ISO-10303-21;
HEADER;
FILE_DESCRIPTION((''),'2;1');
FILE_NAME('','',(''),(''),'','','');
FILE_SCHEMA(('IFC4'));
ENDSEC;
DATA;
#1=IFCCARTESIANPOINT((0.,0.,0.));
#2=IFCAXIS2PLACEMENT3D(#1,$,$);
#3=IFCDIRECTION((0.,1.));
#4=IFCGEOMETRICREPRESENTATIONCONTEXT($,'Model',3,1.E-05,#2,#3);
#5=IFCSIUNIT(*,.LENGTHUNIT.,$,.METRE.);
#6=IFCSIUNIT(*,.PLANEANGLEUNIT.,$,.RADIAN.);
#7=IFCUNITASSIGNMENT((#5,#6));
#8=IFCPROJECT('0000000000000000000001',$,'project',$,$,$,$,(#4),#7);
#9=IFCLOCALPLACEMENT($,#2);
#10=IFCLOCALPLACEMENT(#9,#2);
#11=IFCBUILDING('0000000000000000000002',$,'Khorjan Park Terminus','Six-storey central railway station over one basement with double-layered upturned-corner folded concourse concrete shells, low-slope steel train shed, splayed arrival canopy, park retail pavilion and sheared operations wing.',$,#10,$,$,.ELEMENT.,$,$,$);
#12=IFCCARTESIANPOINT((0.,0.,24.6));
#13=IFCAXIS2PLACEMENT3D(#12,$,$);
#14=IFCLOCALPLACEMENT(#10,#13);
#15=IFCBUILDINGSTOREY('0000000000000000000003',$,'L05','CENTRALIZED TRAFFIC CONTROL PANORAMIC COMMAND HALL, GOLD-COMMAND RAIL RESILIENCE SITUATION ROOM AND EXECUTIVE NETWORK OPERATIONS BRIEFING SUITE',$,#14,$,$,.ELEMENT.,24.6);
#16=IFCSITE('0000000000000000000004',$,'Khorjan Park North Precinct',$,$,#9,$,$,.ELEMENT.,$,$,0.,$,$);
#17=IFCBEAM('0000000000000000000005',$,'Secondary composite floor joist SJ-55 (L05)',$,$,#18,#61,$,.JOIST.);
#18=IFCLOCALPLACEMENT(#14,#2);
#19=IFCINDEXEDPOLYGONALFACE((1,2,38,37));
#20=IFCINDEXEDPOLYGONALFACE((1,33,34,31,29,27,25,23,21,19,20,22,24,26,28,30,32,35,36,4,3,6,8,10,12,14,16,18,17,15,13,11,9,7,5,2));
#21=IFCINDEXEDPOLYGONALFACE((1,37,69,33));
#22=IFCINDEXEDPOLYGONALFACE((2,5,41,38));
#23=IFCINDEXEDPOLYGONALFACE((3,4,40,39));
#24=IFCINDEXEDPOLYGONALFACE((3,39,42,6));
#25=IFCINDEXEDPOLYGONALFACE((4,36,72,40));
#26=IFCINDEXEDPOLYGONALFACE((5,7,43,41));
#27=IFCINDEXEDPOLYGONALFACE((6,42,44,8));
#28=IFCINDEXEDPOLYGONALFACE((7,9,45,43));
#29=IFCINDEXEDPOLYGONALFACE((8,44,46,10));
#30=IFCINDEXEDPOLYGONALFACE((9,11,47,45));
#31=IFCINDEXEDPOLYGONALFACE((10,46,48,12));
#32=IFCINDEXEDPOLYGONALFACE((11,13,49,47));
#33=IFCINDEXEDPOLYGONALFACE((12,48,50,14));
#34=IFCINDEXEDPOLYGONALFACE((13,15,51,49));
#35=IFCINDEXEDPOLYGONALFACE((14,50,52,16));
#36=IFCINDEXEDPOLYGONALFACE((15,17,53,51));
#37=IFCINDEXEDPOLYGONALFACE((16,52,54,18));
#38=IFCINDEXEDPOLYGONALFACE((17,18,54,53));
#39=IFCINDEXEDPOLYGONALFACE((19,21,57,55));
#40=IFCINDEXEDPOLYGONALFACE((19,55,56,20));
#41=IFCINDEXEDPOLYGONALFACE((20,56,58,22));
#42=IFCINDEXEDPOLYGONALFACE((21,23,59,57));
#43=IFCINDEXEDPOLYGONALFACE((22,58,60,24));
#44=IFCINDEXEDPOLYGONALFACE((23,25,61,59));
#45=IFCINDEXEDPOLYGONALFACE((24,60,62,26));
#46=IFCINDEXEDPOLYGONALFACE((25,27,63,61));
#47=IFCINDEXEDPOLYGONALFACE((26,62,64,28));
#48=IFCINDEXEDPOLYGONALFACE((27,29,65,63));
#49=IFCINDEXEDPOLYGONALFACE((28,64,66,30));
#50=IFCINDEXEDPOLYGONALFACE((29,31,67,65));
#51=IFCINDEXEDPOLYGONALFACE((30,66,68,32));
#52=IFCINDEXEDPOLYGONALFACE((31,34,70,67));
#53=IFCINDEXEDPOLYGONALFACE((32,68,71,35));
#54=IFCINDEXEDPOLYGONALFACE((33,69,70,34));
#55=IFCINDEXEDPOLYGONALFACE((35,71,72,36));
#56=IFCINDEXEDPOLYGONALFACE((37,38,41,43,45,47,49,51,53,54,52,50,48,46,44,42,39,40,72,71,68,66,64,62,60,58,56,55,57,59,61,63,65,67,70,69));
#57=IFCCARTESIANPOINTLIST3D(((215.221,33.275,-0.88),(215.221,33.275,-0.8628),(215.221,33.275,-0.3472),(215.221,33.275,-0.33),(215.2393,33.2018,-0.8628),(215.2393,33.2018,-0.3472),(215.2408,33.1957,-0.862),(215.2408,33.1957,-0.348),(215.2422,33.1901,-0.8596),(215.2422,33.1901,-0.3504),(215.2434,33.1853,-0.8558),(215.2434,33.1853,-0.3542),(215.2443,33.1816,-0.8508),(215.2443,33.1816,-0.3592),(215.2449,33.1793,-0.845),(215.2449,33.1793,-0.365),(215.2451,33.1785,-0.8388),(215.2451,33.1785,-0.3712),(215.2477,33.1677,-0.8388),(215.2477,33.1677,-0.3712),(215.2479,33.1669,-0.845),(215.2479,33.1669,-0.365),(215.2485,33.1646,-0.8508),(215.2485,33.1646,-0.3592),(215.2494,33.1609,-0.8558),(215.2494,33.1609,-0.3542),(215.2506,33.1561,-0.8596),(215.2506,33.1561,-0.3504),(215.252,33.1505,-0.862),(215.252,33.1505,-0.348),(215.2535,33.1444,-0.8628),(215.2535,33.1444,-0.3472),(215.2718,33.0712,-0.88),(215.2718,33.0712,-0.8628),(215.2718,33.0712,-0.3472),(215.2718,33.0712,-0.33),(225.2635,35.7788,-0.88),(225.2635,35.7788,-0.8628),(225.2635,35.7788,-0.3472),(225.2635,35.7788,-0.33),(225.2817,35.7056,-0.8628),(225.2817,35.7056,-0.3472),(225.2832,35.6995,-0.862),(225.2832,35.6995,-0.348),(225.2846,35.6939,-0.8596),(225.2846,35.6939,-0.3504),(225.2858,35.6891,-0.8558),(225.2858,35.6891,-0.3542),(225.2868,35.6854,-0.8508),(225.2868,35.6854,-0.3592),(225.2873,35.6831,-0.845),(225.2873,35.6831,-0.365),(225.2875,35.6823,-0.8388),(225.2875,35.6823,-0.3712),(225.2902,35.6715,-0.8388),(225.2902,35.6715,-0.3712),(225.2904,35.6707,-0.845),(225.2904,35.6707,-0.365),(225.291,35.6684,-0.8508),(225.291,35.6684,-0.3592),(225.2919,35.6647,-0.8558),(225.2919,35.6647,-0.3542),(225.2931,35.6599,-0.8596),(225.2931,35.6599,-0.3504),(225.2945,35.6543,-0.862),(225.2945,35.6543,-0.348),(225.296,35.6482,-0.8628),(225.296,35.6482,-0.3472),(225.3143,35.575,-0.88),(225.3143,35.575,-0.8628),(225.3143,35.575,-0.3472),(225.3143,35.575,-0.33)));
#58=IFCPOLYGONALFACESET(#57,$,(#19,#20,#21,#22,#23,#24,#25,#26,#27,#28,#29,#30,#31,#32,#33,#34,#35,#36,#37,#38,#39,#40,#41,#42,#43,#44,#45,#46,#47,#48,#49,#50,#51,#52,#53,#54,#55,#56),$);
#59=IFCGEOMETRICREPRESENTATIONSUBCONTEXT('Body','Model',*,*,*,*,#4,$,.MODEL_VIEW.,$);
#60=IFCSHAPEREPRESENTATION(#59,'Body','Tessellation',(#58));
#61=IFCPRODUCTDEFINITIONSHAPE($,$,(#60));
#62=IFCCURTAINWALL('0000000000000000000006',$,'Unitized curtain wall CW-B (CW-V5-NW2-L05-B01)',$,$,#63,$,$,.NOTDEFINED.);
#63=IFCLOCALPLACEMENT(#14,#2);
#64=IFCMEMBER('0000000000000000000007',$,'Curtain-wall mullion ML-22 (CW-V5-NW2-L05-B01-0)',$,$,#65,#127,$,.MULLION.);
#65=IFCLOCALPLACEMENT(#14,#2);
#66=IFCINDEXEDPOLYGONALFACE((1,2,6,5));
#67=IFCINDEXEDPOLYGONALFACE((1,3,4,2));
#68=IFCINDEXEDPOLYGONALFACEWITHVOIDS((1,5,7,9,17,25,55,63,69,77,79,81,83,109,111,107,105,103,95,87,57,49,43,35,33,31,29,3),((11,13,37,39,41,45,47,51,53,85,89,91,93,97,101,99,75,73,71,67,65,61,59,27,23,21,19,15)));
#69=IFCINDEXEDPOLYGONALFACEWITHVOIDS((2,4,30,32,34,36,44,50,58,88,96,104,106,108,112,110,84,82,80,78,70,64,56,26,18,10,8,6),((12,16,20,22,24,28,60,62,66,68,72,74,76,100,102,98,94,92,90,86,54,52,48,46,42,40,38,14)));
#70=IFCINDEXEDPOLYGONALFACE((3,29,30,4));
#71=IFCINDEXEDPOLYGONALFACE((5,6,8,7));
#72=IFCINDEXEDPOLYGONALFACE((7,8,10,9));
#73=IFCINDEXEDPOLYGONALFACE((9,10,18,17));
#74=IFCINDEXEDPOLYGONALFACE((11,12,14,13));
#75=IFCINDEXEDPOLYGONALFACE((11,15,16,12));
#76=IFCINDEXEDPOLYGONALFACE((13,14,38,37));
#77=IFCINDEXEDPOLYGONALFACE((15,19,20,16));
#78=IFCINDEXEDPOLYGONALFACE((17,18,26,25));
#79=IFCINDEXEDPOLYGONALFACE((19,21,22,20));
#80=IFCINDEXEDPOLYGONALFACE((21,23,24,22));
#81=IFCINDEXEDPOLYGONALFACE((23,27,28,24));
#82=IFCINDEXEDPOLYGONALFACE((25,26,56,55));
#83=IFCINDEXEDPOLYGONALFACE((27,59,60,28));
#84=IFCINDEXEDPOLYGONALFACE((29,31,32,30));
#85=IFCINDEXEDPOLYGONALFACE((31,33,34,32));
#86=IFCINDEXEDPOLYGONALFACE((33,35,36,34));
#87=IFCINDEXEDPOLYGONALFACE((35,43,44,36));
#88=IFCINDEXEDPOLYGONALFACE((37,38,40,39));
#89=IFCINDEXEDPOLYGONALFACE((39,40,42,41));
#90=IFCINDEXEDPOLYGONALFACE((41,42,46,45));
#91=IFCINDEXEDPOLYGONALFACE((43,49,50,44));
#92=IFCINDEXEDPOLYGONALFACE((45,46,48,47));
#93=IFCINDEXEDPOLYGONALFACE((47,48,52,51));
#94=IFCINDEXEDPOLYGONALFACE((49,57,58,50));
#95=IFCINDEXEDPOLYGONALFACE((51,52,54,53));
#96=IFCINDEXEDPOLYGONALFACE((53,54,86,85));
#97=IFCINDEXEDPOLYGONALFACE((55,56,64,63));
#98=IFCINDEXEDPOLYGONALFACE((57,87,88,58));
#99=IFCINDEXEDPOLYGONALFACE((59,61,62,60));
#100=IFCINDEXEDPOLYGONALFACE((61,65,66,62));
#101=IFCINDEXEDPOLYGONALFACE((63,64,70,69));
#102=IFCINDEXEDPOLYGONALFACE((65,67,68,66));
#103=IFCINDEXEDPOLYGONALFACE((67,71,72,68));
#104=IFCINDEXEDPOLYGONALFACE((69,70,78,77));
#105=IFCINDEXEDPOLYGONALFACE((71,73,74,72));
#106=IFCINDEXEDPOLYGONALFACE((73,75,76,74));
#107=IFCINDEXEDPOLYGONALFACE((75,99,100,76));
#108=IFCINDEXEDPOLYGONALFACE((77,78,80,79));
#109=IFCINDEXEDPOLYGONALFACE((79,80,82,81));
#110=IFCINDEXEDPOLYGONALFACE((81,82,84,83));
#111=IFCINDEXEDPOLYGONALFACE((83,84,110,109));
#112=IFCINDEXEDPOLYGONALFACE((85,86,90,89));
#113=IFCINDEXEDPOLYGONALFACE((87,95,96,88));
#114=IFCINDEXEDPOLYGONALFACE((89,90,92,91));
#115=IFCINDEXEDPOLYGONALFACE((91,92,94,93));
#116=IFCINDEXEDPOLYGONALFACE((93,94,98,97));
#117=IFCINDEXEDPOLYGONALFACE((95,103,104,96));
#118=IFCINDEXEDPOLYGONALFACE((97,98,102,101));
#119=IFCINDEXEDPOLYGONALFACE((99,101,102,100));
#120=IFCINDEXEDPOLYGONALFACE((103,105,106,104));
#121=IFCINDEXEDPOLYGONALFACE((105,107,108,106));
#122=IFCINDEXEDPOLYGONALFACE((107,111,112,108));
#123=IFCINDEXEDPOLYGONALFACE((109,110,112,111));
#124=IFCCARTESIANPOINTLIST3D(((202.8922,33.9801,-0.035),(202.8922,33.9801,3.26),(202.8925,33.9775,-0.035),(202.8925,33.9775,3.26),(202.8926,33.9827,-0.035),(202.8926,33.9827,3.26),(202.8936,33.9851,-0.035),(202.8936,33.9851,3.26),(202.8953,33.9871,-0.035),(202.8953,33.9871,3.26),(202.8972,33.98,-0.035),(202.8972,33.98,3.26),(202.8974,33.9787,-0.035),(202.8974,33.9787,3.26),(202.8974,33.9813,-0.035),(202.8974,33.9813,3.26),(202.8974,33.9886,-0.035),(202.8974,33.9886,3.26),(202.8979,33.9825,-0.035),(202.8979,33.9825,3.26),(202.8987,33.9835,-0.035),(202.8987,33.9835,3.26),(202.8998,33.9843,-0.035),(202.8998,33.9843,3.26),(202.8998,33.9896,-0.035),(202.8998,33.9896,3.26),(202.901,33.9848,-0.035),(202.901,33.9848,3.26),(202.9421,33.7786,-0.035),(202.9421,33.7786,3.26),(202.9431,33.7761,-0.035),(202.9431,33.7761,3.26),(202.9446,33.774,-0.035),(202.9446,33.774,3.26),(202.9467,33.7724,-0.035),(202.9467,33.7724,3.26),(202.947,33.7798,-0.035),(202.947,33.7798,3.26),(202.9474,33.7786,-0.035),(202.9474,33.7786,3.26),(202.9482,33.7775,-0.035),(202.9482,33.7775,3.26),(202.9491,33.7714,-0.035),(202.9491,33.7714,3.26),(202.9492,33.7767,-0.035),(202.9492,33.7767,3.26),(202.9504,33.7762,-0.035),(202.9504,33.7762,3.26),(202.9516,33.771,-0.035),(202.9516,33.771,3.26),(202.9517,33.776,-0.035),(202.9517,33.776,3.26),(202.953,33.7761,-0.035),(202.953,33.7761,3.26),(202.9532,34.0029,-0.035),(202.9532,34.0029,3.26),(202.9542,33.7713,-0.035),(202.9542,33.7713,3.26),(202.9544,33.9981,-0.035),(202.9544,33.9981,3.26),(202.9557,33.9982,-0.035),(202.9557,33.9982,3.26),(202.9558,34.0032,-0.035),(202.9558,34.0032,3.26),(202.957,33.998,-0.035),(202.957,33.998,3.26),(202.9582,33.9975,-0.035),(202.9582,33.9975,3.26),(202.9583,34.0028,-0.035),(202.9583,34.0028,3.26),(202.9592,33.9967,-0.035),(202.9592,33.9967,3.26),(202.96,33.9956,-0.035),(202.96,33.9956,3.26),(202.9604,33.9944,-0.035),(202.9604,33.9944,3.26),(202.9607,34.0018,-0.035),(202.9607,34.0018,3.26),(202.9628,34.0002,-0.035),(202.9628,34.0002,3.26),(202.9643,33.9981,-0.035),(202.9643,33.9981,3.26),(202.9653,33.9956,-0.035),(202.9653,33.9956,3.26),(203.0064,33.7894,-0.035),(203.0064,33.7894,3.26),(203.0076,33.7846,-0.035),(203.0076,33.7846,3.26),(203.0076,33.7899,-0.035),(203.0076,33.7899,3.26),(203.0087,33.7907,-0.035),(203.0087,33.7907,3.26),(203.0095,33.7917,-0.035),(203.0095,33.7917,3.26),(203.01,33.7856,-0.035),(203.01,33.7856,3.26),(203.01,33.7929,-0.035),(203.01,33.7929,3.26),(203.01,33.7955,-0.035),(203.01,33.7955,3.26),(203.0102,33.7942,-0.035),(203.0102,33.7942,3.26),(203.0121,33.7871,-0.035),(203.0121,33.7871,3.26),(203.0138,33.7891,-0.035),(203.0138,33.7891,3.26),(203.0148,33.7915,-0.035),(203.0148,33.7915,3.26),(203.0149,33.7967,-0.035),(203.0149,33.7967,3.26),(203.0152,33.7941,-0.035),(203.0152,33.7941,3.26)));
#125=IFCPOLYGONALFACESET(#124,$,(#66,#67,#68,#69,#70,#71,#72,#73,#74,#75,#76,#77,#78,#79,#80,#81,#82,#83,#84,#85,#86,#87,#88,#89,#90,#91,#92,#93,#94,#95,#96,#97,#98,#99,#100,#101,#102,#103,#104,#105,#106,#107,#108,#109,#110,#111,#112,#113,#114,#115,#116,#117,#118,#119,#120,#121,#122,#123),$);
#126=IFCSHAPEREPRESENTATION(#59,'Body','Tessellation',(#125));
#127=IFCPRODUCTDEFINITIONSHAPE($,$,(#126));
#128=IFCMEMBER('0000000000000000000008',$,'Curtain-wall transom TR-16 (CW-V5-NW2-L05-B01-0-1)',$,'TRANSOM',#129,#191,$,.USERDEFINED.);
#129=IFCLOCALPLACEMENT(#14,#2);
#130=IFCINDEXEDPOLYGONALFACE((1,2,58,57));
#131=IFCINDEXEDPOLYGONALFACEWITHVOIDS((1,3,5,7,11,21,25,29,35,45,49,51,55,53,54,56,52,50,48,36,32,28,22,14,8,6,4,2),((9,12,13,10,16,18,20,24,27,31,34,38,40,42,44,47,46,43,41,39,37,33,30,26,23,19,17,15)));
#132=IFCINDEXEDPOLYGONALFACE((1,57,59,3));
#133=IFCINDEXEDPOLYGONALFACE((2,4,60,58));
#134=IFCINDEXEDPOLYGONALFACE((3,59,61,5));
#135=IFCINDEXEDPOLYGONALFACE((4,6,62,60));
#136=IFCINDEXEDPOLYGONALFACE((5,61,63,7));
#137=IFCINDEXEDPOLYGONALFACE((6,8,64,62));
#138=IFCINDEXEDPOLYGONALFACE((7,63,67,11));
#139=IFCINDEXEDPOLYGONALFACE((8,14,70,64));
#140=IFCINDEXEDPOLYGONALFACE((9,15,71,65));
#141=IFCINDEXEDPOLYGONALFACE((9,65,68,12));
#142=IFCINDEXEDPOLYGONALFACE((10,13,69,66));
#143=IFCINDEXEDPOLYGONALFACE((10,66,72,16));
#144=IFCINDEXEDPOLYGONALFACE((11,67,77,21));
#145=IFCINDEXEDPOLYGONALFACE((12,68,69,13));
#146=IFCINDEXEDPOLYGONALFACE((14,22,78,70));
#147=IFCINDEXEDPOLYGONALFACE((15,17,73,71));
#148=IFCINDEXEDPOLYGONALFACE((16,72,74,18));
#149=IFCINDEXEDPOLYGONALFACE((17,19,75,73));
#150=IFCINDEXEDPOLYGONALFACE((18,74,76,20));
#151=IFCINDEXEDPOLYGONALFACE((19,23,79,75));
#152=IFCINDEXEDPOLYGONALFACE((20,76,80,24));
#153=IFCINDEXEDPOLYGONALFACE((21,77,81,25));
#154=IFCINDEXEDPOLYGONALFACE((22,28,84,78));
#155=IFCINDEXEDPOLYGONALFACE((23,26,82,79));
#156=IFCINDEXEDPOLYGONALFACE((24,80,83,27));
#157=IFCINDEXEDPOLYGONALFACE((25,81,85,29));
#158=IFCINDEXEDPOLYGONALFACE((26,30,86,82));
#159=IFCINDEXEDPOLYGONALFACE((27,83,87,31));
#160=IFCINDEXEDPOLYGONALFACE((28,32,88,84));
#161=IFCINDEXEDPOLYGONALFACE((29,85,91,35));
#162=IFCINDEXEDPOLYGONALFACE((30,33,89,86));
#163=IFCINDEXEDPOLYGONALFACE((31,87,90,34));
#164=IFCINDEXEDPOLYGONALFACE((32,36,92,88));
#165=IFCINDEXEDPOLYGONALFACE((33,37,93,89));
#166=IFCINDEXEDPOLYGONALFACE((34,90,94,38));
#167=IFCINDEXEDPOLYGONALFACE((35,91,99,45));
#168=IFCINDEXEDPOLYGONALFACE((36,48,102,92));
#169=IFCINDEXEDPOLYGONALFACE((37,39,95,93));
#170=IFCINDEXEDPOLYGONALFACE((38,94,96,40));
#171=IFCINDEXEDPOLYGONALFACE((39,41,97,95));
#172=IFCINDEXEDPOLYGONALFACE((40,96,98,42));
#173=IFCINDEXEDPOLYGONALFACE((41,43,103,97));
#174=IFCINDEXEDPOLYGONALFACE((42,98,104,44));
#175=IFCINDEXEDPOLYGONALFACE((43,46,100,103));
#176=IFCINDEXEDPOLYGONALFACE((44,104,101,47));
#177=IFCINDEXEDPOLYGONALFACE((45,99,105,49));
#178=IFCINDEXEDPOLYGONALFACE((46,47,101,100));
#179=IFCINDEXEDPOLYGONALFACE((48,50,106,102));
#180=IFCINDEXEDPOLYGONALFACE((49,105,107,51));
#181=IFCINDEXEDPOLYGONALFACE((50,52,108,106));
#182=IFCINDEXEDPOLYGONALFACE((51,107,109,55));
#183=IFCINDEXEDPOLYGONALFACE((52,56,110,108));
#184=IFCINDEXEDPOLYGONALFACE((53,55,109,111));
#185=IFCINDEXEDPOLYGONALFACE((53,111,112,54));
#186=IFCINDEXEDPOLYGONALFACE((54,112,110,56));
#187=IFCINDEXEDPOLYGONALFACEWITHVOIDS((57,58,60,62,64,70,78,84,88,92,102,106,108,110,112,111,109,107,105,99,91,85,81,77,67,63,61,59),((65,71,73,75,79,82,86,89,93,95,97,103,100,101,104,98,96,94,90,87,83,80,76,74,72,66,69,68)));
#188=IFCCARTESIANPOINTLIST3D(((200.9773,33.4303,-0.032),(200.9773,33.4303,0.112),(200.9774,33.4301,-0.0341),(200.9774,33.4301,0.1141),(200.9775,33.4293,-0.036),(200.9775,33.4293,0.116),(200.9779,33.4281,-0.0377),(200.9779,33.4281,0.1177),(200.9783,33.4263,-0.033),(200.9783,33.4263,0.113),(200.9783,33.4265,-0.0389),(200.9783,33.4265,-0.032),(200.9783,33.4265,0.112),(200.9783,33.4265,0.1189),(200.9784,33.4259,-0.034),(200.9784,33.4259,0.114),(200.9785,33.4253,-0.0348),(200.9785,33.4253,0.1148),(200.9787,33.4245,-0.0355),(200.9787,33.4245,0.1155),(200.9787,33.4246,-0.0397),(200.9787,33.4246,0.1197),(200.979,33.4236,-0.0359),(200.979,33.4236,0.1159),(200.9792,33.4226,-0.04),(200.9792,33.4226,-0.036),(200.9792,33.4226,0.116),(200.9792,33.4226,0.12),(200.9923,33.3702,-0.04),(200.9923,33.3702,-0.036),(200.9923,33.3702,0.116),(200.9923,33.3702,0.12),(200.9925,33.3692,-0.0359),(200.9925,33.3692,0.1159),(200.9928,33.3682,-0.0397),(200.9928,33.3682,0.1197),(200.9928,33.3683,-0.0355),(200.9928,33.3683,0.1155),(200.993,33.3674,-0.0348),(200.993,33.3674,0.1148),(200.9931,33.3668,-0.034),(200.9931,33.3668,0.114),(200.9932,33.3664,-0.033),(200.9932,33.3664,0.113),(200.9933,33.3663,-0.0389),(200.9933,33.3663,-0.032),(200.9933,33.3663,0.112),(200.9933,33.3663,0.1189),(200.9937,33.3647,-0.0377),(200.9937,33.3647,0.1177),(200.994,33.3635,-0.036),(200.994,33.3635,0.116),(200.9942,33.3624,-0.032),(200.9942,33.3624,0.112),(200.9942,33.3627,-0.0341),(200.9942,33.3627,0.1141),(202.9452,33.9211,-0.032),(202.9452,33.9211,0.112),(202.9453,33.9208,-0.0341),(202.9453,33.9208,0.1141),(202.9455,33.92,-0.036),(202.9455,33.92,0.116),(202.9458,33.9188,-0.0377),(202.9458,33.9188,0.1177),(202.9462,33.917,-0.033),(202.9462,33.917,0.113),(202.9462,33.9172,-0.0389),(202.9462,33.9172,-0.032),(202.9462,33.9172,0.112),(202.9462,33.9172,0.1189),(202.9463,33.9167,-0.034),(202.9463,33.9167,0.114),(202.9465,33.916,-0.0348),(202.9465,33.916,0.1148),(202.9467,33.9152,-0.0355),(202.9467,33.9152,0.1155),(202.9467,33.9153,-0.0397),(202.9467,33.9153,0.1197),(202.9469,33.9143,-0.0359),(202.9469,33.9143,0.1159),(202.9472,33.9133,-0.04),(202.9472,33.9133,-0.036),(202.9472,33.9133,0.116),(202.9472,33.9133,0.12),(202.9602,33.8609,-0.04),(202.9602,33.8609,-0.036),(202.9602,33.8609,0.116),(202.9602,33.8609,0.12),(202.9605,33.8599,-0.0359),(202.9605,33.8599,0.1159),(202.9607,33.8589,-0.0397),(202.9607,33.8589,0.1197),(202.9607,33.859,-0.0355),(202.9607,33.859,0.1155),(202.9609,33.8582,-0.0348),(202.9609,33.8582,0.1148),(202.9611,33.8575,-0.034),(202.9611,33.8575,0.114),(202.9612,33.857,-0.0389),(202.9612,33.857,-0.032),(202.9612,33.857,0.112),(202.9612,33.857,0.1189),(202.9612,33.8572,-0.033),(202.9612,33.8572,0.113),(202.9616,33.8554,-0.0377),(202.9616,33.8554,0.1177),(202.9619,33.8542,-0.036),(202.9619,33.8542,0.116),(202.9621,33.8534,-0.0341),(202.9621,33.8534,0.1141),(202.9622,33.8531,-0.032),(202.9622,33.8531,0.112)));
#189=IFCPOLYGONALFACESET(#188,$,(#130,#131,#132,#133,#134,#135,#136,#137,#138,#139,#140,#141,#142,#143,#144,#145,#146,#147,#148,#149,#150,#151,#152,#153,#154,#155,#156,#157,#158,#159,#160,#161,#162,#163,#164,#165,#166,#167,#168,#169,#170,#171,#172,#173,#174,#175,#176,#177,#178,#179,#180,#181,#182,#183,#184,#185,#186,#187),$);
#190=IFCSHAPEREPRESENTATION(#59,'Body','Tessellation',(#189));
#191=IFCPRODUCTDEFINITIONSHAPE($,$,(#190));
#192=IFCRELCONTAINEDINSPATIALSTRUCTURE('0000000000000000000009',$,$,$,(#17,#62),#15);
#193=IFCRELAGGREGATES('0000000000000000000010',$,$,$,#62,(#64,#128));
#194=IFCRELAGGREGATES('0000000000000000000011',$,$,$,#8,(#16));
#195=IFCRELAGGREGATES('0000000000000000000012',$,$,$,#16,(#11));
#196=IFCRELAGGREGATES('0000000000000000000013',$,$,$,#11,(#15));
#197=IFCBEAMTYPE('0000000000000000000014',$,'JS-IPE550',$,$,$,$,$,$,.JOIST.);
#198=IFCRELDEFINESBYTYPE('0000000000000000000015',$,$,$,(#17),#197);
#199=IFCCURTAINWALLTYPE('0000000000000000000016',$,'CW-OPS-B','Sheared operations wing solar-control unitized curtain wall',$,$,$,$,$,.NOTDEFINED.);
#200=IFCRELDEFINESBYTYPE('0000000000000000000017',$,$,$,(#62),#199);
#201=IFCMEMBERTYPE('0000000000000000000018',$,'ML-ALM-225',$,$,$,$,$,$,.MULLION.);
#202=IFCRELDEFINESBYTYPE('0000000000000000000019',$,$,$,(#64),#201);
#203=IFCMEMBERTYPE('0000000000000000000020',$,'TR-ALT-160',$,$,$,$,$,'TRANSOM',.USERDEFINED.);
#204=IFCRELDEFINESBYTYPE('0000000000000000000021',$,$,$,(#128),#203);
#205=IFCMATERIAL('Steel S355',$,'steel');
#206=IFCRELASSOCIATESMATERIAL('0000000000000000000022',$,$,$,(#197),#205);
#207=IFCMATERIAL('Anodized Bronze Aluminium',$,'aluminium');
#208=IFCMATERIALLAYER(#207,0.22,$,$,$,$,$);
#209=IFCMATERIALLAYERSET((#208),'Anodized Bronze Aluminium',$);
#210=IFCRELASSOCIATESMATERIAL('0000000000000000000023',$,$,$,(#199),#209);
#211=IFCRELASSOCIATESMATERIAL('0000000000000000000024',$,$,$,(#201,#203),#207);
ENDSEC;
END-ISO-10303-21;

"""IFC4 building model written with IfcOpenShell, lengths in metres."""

from ifc_helpers import new_model, si_unit, direction, frame, origin, origin_2d, place, context, subcontext, project, spatial, hollow_rectangle, i_section, extrude, material, layer, layer_set, material_profile, profile_set, type_object, element, aggregate, save


model = new_model("IFC4")

# Units and contexts
model_context = context("Model", 3, precision=1e-05, world=origin(), true_north=direction((0.0, 1.0)))
body_context = subcontext(model_context, "Body", "Model", "MODEL_VIEW")
ifc_project = project(units=[si_unit("LENGTHUNIT", "METRE"), si_unit("PLANEANGLEUNIT", "RADIAN")], contexts=[model_context])

# Site, building, storey
site_placement = place(None, origin())
site = spatial("IfcSite", under=ifc_project, at=site_placement, Name="Khorjan Park North Precinct", CompositionType="ELEMENT", RefElevation=0.0)
building_placement = place(site_placement, origin())
building = spatial("IfcBuilding", under=site, at=building_placement, Name="Khorjan Park Terminus", Description="Six-storey central railway station over one basement with double-layered upturned-corner folded concourse concrete shells, low-slope steel train shed, splayed arrival canopy, park retail pavilion and sheared operations wing.", CompositionType="ELEMENT")
storey_placement = place(building_placement, frame((0.0, 0.0, 24.6)))
storey = spatial("IfcBuildingStorey", under=building, at=storey_placement, Name="L05", Description="CENTRALIZED TRAFFIC CONTROL PANORAMIC COMMAND HALL, GOLD-COMMAND RAIL RESILIENCE SITUATION ROOM AND EXECUTIVE NETWORK OPERATIONS BRIEFING SUITE", CompositionType="ELEMENT", Elevation=24.6)

# Beam
ifc_material_1 = material(Name="Steel S355", Category="steel")
ifc_material_profile_1 = material_profile(ifc_material_1, i_section(OverallWidth=0.21, OverallDepth=0.55, WebThickness=0.0111, FlangeThickness=0.0172, FilletRadius=0.024, at=origin_2d()), Name="IPE 550")
ifc_profile_set_1 = profile_set([ifc_material_profile_1], Name="Steel S355")
beam_type_1 = type_object("IfcBeamType", Name="JS-IPE550", PredefinedType="JOIST", material=ifc_profile_set_1)
beam_1_placement = place(storey_placement, frame((215.2464, 33.1731, -0.605), z_axis=(0.970297, 0.241915, 0.0), x_axis=(-0.241915, 0.970297, 0.0)))
element("IfcBeam", 1, at=beam_1_placement, inside=storey, type_object=beam_type_1, Name="Secondary composite floor joist SJ-55 (L05)", PredefinedType="JOIST", context=body_context, shape_type="SweptSolid", body=[
    extrude(i_section(OverallWidth=0.21, OverallDepth=0.55, WebThickness=0.0111, FlangeThickness=0.0172, FilletRadius=0.024, at=origin_2d()), origin(), (0.0, 0.0, 1.0), 10.3499),
])

# Curtain wall, members
ifc_material_2 = material(Name="Anodized Bronze Aluminium", Category="aluminium")
ifc_layer_1 = layer(ifc_material_2, 0.22)
ifc_layer_set_1 = layer_set([ifc_layer_1], Name="Anodized Bronze Aluminium")
curtain_wall_type = type_object("IfcCurtainWallType", Name="CW-OPS-B", Description="Sheared operations wing solar-control unitized curtain wall", PredefinedType="NOTDEFINED", material=ifc_layer_set_1)
curtain_wall_placement = place(storey_placement, origin())
curtain_wall = element("IfcCurtainWall", 2, at=curtain_wall_placement, inside=storey, type_object=curtain_wall_type, Name="Unitized curtain wall CW-B (CW-V5-NW2-L05-B01)", PredefinedType="NOTDEFINED")
ifc_material_profile_2 = material_profile(ifc_material_2, hollow_rectangle(XDim=0.075, YDim=0.225, WallThickness=0.005, InnerFilletRadius=0.005, OuterFilletRadius=0.01, at=origin_2d()), Name="ALM 75x225x5")
ifc_profile_set_2 = profile_set([ifc_material_profile_2], Name="Anodized Bronze Aluminium")
member_type_1 = type_object("IfcMemberType", Name="ML-ALM-225", PredefinedType="MULLION", material=ifc_profile_set_2)
member_1_placement = place(storey_placement, frame((202.9537, 33.8871, -0.035), z_axis=(0.0, 0.0, 1.0), x_axis=(-0.970294, -0.241928, 0.0)))
member_1 = element("IfcMember", 3, at=member_1_placement, type_object=member_type_1, Name="Curtain-wall mullion ML-22 (CW-V5-NW2-L05-B01-0)", PredefinedType="MULLION", context=body_context, shape_type="SweptSolid", body=[
    extrude(hollow_rectangle(XDim=0.075, YDim=0.225, WallThickness=0.005, InnerFilletRadius=0.005, OuterFilletRadius=0.01, at=origin_2d()), origin(), (0.0, 0.0, 1.0), 3.295),
])
ifc_material_profile_3 = material_profile(ifc_material_2, hollow_rectangle(XDim=0.07, YDim=0.16, WallThickness=0.004, InnerFilletRadius=0.004, OuterFilletRadius=0.008, at=origin_2d()), Name="ALT 70x160x4")
ifc_profile_set_3 = profile_set([ifc_material_profile_3], Name="Anodized Bronze Aluminium")
member_type_2 = type_object("IfcMemberType", Name="TR-ALT-160", ElementType="TRANSOM", PredefinedType="USERDEFINED", material=ifc_profile_set_3)
member_2_placement = place(storey_placement, frame((202.9537, 33.8871, 0.04), z_axis=(-0.97029, -0.241944, 0.0), x_axis=(0.241944, -0.97029, 0.0)))
member_2 = element("IfcMember", 4, at=member_2_placement, type_object=member_type_2, Name="Curtain-wall transom TR-16 (CW-V5-NW2-L05-B01-0-1)", ObjectType="TRANSOM", PredefinedType="USERDEFINED", context=body_context, shape_type="SweptSolid", body=[
    extrude(hollow_rectangle(XDim=0.07, YDim=0.16, WallThickness=0.004, InnerFilletRadius=0.004, OuterFilletRadius=0.008, at=origin_2d()), origin(), (0.0, 0.0, 1.0), 2.0282),
])
aggregate(curtain_wall, [member_1, member_2])

save(model, "model.ifc")
